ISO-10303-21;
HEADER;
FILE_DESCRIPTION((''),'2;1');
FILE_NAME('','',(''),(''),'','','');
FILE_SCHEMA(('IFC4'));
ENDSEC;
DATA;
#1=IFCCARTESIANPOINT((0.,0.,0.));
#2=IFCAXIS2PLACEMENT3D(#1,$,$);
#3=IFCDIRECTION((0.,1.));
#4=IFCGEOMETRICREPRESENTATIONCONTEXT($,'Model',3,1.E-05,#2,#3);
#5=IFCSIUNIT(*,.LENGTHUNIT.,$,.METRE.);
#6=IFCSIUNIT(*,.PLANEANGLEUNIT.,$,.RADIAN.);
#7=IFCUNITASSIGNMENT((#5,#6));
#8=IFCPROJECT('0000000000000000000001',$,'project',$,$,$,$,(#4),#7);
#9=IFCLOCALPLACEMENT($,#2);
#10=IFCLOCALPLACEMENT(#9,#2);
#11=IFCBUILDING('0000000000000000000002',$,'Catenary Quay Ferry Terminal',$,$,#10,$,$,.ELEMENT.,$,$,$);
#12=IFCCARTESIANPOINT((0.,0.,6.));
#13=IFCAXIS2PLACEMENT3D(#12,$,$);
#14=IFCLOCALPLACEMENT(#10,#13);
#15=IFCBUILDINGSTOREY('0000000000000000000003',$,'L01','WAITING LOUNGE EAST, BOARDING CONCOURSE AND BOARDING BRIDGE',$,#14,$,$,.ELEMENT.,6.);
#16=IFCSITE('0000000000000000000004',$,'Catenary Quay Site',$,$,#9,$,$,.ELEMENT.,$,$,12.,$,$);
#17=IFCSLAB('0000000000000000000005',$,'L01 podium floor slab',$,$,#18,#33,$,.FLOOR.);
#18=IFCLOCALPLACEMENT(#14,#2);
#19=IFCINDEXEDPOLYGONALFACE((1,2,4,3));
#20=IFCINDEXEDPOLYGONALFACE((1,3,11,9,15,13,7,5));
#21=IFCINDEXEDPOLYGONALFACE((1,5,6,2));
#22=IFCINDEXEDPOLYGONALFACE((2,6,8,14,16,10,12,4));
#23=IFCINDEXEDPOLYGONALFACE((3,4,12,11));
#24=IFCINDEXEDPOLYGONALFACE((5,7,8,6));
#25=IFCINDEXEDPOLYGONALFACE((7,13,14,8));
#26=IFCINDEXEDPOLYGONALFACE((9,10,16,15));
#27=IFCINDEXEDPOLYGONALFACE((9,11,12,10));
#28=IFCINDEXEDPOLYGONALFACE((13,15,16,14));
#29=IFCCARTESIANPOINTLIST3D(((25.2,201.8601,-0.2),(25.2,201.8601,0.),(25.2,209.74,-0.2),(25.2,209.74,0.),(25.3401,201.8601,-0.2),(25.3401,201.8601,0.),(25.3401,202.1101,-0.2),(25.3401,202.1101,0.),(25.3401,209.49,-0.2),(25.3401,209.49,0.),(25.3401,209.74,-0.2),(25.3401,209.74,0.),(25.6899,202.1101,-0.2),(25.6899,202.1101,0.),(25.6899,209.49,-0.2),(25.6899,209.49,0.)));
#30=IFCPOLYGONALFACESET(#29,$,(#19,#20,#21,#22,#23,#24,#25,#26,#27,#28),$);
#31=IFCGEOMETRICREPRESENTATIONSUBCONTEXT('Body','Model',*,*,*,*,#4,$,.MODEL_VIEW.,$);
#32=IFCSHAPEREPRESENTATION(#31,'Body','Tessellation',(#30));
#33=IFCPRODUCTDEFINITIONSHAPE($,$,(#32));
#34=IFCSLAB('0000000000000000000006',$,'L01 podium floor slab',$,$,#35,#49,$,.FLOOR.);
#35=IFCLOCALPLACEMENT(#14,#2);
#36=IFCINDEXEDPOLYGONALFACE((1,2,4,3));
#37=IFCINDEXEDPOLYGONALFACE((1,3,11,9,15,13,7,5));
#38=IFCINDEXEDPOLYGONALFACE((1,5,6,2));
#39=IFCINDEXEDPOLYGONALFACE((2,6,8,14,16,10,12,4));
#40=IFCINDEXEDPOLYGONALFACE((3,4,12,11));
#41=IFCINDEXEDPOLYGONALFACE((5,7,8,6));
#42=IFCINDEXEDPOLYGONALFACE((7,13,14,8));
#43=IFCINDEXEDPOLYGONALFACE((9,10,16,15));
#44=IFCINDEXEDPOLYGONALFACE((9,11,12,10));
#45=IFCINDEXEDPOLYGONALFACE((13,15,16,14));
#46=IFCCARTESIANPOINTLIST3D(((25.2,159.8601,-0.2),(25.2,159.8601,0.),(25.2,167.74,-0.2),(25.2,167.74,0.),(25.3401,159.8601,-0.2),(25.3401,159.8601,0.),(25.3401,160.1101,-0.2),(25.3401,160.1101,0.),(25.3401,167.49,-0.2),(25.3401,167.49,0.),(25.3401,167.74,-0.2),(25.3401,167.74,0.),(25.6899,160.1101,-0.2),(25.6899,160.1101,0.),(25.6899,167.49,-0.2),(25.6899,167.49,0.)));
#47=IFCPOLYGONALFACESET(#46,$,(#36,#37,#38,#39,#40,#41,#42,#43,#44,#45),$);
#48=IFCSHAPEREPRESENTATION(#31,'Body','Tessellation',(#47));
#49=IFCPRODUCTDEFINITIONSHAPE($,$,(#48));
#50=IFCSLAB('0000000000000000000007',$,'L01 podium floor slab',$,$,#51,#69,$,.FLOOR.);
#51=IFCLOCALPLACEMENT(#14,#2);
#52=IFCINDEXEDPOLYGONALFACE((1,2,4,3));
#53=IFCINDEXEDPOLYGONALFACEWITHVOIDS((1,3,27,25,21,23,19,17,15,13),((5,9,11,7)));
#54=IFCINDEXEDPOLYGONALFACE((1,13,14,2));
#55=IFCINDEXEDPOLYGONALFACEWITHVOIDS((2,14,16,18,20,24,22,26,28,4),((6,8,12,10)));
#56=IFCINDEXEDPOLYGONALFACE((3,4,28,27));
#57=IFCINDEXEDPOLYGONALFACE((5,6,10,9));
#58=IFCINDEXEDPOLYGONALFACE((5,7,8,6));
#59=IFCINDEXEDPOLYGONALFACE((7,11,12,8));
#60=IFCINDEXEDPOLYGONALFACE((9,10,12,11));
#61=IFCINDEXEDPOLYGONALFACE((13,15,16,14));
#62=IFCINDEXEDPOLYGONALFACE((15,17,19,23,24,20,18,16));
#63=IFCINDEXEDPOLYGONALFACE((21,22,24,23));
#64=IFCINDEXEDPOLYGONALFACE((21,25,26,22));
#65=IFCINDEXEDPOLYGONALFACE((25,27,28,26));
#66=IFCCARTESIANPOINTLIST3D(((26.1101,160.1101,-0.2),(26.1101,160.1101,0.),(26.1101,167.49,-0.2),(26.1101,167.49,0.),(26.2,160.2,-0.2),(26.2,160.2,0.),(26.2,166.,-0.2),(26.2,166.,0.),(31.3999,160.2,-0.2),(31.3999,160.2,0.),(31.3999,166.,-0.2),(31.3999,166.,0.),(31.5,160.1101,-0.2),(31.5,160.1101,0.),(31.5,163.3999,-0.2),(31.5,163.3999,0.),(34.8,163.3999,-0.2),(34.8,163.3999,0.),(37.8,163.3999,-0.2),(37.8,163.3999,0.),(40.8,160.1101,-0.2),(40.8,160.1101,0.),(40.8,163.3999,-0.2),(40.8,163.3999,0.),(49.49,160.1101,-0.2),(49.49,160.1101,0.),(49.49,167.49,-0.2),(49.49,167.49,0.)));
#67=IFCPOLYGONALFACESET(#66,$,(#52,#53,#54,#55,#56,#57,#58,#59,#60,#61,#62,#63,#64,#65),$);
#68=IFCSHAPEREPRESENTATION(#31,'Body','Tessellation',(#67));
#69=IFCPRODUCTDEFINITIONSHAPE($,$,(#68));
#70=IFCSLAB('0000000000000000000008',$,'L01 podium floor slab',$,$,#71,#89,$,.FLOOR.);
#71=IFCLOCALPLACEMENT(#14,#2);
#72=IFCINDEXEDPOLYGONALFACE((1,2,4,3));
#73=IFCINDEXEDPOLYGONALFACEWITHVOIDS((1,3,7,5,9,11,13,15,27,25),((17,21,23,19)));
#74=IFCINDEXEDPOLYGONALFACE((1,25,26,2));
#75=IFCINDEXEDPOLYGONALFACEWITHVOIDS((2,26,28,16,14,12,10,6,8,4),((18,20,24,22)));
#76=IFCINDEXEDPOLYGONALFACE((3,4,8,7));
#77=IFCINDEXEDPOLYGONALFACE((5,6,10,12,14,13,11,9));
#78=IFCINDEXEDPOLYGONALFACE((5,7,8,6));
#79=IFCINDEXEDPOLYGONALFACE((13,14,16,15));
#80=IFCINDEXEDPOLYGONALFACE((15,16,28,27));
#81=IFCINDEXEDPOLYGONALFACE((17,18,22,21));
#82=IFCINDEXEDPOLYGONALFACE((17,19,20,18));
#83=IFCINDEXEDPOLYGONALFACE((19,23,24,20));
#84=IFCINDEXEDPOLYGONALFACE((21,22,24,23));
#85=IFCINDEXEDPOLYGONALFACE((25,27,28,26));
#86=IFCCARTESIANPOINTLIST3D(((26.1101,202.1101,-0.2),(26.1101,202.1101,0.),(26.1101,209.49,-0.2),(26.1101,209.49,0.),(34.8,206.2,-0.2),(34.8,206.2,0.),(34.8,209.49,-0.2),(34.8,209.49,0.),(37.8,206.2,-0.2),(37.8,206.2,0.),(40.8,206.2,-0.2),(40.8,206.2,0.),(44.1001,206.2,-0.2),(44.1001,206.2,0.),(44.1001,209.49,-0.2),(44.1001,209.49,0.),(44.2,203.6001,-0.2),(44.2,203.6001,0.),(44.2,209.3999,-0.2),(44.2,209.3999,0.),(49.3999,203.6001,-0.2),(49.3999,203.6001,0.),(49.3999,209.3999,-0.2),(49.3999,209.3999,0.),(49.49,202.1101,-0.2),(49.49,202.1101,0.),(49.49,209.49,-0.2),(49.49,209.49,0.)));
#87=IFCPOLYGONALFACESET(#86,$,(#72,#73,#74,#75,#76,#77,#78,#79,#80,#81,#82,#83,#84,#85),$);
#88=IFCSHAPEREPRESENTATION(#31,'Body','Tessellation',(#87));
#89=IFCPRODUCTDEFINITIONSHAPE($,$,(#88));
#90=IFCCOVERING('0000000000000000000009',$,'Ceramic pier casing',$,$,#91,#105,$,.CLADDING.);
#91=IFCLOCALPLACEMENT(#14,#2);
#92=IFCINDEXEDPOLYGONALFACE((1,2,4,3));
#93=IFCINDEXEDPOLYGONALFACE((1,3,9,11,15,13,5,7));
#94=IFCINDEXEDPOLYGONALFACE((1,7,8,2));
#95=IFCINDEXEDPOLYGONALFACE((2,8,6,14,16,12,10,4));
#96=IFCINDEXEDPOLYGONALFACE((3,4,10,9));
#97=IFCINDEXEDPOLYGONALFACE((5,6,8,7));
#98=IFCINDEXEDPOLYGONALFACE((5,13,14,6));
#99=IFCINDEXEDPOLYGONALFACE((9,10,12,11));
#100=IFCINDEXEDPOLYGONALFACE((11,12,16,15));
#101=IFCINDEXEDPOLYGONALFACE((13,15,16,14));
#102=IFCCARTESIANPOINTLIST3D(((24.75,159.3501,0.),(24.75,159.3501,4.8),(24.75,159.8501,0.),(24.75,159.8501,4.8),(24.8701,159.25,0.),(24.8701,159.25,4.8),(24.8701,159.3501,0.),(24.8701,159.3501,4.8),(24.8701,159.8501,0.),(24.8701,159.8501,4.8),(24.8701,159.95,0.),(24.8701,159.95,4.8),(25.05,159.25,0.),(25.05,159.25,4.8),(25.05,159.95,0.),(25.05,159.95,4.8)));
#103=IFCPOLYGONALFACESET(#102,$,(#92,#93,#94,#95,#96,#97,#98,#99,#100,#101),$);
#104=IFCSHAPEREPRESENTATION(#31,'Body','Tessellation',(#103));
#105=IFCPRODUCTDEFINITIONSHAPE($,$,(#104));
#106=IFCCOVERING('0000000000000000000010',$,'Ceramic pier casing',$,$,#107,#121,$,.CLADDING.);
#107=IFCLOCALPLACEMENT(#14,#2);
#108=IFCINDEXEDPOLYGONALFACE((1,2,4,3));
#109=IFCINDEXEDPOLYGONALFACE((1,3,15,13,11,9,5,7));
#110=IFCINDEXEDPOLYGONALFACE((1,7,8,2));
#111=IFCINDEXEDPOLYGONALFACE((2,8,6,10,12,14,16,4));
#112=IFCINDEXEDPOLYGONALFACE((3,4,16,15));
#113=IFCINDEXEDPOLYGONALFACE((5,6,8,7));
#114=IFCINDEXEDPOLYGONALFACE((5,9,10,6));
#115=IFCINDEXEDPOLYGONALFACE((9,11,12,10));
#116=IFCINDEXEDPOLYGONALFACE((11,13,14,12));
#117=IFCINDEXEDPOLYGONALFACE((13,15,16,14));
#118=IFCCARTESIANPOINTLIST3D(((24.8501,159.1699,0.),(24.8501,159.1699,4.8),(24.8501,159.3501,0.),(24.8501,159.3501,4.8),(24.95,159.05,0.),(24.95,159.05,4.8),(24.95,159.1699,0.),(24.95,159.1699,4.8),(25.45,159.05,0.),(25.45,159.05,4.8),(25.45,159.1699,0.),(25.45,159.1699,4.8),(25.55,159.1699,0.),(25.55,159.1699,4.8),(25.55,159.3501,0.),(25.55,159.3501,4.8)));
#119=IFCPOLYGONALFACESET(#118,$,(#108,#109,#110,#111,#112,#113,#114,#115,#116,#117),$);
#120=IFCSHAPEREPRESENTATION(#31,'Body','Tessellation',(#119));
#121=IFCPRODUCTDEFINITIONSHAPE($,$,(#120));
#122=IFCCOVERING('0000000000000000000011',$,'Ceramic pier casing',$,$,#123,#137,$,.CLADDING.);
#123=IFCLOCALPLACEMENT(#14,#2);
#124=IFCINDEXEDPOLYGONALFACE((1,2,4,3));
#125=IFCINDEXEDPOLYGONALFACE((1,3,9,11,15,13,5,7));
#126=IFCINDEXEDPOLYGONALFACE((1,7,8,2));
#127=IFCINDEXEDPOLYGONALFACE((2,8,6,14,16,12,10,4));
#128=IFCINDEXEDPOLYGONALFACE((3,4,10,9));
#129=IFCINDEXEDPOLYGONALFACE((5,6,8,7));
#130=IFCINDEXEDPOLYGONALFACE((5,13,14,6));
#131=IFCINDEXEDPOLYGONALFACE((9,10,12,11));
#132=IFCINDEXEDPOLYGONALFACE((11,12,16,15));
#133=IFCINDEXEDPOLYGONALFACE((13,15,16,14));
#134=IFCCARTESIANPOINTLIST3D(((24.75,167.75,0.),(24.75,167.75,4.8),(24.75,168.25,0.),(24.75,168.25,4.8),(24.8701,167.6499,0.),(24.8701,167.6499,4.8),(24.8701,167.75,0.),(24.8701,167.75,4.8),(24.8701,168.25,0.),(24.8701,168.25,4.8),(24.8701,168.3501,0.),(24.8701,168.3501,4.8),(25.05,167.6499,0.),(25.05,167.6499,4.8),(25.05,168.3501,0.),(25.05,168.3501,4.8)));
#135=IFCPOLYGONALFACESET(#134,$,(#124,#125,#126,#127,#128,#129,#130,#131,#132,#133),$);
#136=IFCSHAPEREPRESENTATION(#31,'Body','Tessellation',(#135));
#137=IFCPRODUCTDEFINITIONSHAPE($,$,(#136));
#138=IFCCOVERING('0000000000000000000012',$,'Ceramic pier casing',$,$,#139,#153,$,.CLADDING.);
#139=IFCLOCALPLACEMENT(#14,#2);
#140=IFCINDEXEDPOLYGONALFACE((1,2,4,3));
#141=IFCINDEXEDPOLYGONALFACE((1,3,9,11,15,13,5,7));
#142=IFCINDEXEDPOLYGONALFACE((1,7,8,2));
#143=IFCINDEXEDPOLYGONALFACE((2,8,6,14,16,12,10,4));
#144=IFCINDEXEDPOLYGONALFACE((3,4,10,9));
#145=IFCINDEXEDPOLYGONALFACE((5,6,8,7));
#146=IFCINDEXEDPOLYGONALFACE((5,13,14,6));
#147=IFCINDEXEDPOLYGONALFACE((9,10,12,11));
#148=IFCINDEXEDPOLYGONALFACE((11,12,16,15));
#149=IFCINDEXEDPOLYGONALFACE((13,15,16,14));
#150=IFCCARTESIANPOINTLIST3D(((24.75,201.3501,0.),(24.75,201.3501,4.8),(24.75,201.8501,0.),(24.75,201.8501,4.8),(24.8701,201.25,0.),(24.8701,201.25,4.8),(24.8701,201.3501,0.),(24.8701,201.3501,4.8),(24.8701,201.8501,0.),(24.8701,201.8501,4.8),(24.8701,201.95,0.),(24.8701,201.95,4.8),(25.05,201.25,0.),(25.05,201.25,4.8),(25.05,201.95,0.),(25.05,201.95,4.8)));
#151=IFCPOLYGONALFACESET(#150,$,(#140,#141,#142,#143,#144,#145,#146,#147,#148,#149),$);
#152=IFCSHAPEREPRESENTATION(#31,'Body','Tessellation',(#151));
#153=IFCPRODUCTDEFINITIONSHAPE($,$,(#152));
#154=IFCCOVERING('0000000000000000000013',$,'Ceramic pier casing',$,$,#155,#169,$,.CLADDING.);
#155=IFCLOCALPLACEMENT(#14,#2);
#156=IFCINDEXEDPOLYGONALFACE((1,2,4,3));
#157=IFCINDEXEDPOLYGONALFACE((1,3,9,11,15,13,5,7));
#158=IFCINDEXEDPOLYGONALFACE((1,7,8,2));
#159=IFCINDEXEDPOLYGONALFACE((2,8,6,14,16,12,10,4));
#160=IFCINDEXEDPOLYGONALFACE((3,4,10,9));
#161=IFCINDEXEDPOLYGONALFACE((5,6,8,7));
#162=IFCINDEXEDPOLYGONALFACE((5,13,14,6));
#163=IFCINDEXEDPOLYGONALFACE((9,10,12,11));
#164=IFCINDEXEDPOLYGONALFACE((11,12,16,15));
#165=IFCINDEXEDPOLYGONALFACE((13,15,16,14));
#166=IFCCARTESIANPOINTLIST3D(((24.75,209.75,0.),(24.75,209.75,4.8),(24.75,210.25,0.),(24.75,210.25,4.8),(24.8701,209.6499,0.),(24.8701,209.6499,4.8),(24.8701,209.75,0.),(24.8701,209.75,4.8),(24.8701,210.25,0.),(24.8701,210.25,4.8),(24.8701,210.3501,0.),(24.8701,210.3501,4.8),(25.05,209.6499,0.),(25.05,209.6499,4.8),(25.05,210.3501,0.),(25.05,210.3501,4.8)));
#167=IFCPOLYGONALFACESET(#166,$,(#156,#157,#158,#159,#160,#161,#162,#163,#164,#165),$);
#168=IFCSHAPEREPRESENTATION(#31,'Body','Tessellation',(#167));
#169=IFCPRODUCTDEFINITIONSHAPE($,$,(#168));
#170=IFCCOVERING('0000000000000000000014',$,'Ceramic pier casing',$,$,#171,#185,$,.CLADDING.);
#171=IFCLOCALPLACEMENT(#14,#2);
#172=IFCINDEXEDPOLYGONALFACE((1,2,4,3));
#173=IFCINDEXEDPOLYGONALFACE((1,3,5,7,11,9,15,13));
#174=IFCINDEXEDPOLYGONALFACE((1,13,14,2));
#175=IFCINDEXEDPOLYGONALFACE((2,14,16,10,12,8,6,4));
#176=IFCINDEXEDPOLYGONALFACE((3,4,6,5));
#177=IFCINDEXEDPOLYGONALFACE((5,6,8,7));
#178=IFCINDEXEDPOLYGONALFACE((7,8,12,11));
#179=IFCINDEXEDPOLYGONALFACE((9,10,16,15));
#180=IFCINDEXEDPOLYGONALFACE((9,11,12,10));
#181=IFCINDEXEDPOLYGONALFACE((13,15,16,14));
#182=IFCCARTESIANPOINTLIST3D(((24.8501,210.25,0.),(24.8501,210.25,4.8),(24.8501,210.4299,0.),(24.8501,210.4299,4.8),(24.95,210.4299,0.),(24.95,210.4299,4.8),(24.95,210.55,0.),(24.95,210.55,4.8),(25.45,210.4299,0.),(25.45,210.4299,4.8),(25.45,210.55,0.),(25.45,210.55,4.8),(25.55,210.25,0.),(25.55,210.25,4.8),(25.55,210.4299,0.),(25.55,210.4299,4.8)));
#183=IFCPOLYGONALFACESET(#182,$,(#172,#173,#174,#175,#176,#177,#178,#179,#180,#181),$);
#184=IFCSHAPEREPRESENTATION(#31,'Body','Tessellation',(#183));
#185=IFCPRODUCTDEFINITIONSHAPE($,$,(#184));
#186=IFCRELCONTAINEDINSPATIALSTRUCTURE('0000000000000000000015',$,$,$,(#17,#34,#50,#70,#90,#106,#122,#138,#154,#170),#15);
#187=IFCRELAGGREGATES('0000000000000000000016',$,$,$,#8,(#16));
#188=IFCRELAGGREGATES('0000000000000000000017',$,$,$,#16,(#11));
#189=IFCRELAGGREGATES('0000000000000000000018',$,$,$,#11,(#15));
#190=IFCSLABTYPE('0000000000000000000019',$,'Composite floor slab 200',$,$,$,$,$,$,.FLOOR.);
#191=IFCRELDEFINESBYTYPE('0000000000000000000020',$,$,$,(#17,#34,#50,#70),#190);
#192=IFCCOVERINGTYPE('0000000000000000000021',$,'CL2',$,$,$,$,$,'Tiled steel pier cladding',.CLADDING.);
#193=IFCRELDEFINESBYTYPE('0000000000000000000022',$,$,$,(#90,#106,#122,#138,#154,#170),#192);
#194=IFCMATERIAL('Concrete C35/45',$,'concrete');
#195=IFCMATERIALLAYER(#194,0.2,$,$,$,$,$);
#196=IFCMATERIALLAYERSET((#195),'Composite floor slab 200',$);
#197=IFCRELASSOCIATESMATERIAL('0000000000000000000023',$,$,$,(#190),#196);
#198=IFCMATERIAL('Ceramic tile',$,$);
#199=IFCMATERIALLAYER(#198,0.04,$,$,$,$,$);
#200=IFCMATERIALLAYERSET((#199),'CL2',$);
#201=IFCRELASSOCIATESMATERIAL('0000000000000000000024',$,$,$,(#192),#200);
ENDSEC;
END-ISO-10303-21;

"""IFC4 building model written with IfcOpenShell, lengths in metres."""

from ifc_helpers import new_model, si_unit, direction, frame, origin, place, context, subcontext, project, spatial, polyline, outline, extrude, material, layer, layer_set, type_object, element, save


model = new_model("IFC4")

# Units and contexts
model_context = context("Model", 3, precision=1e-05, world=origin(), true_north=direction((0.0, 1.0)))
body_context = subcontext(model_context, "Body", "Model", "MODEL_VIEW")
ifc_project = project(units=[si_unit("LENGTHUNIT", "METRE"), si_unit("PLANEANGLEUNIT", "RADIAN")], contexts=[model_context])

# Site, building, storey
site_placement = place(None, origin())
site = spatial("IfcSite", under=ifc_project, at=site_placement, Name="Catenary Quay Site", CompositionType="ELEMENT", RefElevation=12.0)
building_placement = place(site_placement, origin())
building = spatial("IfcBuilding", under=site, at=building_placement, Name="Catenary Quay Ferry Terminal", CompositionType="ELEMENT")
storey_placement = place(building_placement, frame((0.0, 0.0, 6.0)))
storey = spatial("IfcBuildingStorey", under=building, at=storey_placement, Name="L01", Description="WAITING LOUNGE EAST, BOARDING CONCOURSE AND BOARDING BRIDGE", CompositionType="ELEMENT", Elevation=6.0)

# Slabs
ifc_material_1 = material(Name="Concrete C35/45", Category="concrete")
ifc_layer_1 = layer(ifc_material_1, 0.2)
ifc_layer_set_1 = layer_set([ifc_layer_1], Name="Composite floor slab 200")
slab_type = type_object("IfcSlabType", Name="Composite floor slab 200", PredefinedType="FLOOR", material=ifc_layer_set_1)
slab_1_placement = place(storey_placement, frame((0.0, 0.0, -0.2)))
element("IfcSlab", 1, at=slab_1_placement, inside=storey, type_object=slab_type, Name="L01 podium floor slab", PredefinedType="FLOOR", context=body_context, shape_type="SweptSolid", body=[
    extrude(outline(polyline([(25.2, 209.74), (25.3401, 209.74), (25.3401, 209.49), (25.6899, 209.49), (25.6899, 202.1101), (25.3401, 202.1101), (25.3401, 201.8601), (25.2, 201.8601), (25.2, 209.74)])), origin(), (0.0, 0.0, 1.0), 0.2),
])
slab_2_placement = place(storey_placement, frame((0.0, 0.0, -0.2)))
element("IfcSlab", 2, at=slab_2_placement, inside=storey, type_object=slab_type, Name="L01 podium floor slab", PredefinedType="FLOOR", context=body_context, shape_type="SweptSolid", body=[
    extrude(outline(polyline([(25.2, 167.74), (25.3401, 167.74), (25.3401, 167.49), (25.6899, 167.49), (25.6899, 160.1101), (25.3401, 160.1101), (25.3401, 159.8601), (25.2, 159.8601), (25.2, 167.74)])), origin(), (0.0, 0.0, 1.0), 0.2),
])
slab_3_placement = place(storey_placement, frame((0.0, 0.0, -0.2)))
element("IfcSlab", 3, at=slab_3_placement, inside=storey, type_object=slab_type, Name="L01 podium floor slab", PredefinedType="FLOOR", context=body_context, shape_type="SweptSolid", body=[
    extrude(outline(polyline([(26.1101, 167.49), (49.49, 167.49), (49.49, 160.1101), (40.8, 160.1101), (40.8, 163.3999), (37.8, 163.3999), (34.8, 163.3999), (31.5, 163.3999), (31.5, 160.1101), (26.1101, 160.1101), (26.1101, 167.49)]), holes=[polyline([(26.2, 160.2), (31.3999, 160.2), (31.3999, 166.0), (26.2, 166.0), (26.2, 160.2)])]), origin(), (0.0, 0.0, 1.0), 0.2),
])
slab_4_placement = place(storey_placement, frame((0.0, 0.0, -0.2)))
element("IfcSlab", 4, at=slab_4_placement, inside=storey, type_object=slab_type, Name="L01 podium floor slab", PredefinedType="FLOOR", context=body_context, shape_type="SweptSolid", body=[
    extrude(outline(polyline([(49.49, 209.49), (49.49, 202.1101), (26.1101, 202.1101), (26.1101, 209.49), (34.8, 209.49), (34.8, 206.2), (37.8, 206.2), (40.8, 206.2), (44.1001, 206.2), (44.1001, 209.49), (49.49, 209.49)]), holes=[polyline([(44.2, 203.6001), (49.3999, 203.6001), (49.3999, 209.3999), (44.2, 209.3999), (44.2, 203.6001)])]), origin(), (0.0, 0.0, 1.0), 0.2),
])

# Coverings
ifc_material_2 = material(Name="Ceramic tile")
ifc_layer_2 = layer(ifc_material_2, 0.04)
ifc_layer_set_2 = layer_set([ifc_layer_2], Name="CL2")
covering_type = type_object("IfcCoveringType", Name="CL2", ElementType="Tiled steel pier cladding", PredefinedType="CLADDING", material=ifc_layer_set_2)
covering_1_placement = place(storey_placement, origin())
element("IfcCovering", 5, at=covering_1_placement, inside=storey, type_object=covering_type, Name="Ceramic pier casing", PredefinedType="CLADDING", context=body_context, shape_type="SweptSolid", body=[
    extrude(outline(polyline([(25.05, 159.95), (24.8701, 159.95), (24.8701, 159.8501), (24.75, 159.8501), (24.75, 159.3501), (24.8701, 159.3501), (24.8701, 159.25), (25.05, 159.25), (25.05, 159.95)])), origin(), (0.0, 0.0, 1.0), 4.8),
])
covering_2_placement = place(storey_placement, origin())
element("IfcCovering", 6, at=covering_2_placement, inside=storey, type_object=covering_type, Name="Ceramic pier casing", PredefinedType="CLADDING", context=body_context, shape_type="SweptSolid", body=[
    extrude(outline(polyline([(24.8501, 159.3501), (24.8501, 159.1699), (24.95, 159.1699), (24.95, 159.05), (25.45, 159.05), (25.45, 159.1699), (25.55, 159.1699), (25.55, 159.3501), (24.8501, 159.3501)])), origin(), (0.0, 0.0, 1.0), 4.8),
])
covering_3_placement = place(storey_placement, origin())
element("IfcCovering", 7, at=covering_3_placement, inside=storey, type_object=covering_type, Name="Ceramic pier casing", PredefinedType="CLADDING", context=body_context, shape_type="SweptSolid", body=[
    extrude(outline(polyline([(25.05, 168.3501), (24.8701, 168.3501), (24.8701, 168.25), (24.75, 168.25), (24.75, 167.75), (24.8701, 167.75), (24.8701, 167.6499), (25.05, 167.6499), (25.05, 168.3501)])), origin(), (0.0, 0.0, 1.0), 4.8),
])
covering_4_placement = place(storey_placement, origin())
element("IfcCovering", 8, at=covering_4_placement, inside=storey, type_object=covering_type, Name="Ceramic pier casing", PredefinedType="CLADDING", context=body_context, shape_type="SweptSolid", body=[
    extrude(outline(polyline([(25.05, 201.95), (24.8701, 201.95), (24.8701, 201.8501), (24.75, 201.8501), (24.75, 201.3501), (24.8701, 201.3501), (24.8701, 201.25), (25.05, 201.25), (25.05, 201.95)])), origin(), (0.0, 0.0, 1.0), 4.8),
])
covering_5_placement = place(storey_placement, origin())
element("IfcCovering", 9, at=covering_5_placement, inside=storey, type_object=covering_type, Name="Ceramic pier casing", PredefinedType="CLADDING", context=body_context, shape_type="SweptSolid", body=[
    extrude(outline(polyline([(25.05, 210.3501), (24.8701, 210.3501), (24.8701, 210.25), (24.75, 210.25), (24.75, 209.75), (24.8701, 209.75), (24.8701, 209.6499), (25.05, 209.6499), (25.05, 210.3501)])), origin(), (0.0, 0.0, 1.0), 4.8),
])
covering_6_placement = place(storey_placement, origin())
element("IfcCovering", 10, at=covering_6_placement, inside=storey, type_object=covering_type, Name="Ceramic pier casing", PredefinedType="CLADDING", context=body_context, shape_type="SweptSolid", body=[
    extrude(outline(polyline([(25.55, 210.25), (25.55, 210.4299), (25.45, 210.4299), (25.45, 210.55), (24.95, 210.55), (24.95, 210.4299), (24.8501, 210.4299), (24.8501, 210.25), (25.55, 210.25)])), origin(), (0.0, 0.0, 1.0), 4.8),
])

save(model, "model.ifc")
